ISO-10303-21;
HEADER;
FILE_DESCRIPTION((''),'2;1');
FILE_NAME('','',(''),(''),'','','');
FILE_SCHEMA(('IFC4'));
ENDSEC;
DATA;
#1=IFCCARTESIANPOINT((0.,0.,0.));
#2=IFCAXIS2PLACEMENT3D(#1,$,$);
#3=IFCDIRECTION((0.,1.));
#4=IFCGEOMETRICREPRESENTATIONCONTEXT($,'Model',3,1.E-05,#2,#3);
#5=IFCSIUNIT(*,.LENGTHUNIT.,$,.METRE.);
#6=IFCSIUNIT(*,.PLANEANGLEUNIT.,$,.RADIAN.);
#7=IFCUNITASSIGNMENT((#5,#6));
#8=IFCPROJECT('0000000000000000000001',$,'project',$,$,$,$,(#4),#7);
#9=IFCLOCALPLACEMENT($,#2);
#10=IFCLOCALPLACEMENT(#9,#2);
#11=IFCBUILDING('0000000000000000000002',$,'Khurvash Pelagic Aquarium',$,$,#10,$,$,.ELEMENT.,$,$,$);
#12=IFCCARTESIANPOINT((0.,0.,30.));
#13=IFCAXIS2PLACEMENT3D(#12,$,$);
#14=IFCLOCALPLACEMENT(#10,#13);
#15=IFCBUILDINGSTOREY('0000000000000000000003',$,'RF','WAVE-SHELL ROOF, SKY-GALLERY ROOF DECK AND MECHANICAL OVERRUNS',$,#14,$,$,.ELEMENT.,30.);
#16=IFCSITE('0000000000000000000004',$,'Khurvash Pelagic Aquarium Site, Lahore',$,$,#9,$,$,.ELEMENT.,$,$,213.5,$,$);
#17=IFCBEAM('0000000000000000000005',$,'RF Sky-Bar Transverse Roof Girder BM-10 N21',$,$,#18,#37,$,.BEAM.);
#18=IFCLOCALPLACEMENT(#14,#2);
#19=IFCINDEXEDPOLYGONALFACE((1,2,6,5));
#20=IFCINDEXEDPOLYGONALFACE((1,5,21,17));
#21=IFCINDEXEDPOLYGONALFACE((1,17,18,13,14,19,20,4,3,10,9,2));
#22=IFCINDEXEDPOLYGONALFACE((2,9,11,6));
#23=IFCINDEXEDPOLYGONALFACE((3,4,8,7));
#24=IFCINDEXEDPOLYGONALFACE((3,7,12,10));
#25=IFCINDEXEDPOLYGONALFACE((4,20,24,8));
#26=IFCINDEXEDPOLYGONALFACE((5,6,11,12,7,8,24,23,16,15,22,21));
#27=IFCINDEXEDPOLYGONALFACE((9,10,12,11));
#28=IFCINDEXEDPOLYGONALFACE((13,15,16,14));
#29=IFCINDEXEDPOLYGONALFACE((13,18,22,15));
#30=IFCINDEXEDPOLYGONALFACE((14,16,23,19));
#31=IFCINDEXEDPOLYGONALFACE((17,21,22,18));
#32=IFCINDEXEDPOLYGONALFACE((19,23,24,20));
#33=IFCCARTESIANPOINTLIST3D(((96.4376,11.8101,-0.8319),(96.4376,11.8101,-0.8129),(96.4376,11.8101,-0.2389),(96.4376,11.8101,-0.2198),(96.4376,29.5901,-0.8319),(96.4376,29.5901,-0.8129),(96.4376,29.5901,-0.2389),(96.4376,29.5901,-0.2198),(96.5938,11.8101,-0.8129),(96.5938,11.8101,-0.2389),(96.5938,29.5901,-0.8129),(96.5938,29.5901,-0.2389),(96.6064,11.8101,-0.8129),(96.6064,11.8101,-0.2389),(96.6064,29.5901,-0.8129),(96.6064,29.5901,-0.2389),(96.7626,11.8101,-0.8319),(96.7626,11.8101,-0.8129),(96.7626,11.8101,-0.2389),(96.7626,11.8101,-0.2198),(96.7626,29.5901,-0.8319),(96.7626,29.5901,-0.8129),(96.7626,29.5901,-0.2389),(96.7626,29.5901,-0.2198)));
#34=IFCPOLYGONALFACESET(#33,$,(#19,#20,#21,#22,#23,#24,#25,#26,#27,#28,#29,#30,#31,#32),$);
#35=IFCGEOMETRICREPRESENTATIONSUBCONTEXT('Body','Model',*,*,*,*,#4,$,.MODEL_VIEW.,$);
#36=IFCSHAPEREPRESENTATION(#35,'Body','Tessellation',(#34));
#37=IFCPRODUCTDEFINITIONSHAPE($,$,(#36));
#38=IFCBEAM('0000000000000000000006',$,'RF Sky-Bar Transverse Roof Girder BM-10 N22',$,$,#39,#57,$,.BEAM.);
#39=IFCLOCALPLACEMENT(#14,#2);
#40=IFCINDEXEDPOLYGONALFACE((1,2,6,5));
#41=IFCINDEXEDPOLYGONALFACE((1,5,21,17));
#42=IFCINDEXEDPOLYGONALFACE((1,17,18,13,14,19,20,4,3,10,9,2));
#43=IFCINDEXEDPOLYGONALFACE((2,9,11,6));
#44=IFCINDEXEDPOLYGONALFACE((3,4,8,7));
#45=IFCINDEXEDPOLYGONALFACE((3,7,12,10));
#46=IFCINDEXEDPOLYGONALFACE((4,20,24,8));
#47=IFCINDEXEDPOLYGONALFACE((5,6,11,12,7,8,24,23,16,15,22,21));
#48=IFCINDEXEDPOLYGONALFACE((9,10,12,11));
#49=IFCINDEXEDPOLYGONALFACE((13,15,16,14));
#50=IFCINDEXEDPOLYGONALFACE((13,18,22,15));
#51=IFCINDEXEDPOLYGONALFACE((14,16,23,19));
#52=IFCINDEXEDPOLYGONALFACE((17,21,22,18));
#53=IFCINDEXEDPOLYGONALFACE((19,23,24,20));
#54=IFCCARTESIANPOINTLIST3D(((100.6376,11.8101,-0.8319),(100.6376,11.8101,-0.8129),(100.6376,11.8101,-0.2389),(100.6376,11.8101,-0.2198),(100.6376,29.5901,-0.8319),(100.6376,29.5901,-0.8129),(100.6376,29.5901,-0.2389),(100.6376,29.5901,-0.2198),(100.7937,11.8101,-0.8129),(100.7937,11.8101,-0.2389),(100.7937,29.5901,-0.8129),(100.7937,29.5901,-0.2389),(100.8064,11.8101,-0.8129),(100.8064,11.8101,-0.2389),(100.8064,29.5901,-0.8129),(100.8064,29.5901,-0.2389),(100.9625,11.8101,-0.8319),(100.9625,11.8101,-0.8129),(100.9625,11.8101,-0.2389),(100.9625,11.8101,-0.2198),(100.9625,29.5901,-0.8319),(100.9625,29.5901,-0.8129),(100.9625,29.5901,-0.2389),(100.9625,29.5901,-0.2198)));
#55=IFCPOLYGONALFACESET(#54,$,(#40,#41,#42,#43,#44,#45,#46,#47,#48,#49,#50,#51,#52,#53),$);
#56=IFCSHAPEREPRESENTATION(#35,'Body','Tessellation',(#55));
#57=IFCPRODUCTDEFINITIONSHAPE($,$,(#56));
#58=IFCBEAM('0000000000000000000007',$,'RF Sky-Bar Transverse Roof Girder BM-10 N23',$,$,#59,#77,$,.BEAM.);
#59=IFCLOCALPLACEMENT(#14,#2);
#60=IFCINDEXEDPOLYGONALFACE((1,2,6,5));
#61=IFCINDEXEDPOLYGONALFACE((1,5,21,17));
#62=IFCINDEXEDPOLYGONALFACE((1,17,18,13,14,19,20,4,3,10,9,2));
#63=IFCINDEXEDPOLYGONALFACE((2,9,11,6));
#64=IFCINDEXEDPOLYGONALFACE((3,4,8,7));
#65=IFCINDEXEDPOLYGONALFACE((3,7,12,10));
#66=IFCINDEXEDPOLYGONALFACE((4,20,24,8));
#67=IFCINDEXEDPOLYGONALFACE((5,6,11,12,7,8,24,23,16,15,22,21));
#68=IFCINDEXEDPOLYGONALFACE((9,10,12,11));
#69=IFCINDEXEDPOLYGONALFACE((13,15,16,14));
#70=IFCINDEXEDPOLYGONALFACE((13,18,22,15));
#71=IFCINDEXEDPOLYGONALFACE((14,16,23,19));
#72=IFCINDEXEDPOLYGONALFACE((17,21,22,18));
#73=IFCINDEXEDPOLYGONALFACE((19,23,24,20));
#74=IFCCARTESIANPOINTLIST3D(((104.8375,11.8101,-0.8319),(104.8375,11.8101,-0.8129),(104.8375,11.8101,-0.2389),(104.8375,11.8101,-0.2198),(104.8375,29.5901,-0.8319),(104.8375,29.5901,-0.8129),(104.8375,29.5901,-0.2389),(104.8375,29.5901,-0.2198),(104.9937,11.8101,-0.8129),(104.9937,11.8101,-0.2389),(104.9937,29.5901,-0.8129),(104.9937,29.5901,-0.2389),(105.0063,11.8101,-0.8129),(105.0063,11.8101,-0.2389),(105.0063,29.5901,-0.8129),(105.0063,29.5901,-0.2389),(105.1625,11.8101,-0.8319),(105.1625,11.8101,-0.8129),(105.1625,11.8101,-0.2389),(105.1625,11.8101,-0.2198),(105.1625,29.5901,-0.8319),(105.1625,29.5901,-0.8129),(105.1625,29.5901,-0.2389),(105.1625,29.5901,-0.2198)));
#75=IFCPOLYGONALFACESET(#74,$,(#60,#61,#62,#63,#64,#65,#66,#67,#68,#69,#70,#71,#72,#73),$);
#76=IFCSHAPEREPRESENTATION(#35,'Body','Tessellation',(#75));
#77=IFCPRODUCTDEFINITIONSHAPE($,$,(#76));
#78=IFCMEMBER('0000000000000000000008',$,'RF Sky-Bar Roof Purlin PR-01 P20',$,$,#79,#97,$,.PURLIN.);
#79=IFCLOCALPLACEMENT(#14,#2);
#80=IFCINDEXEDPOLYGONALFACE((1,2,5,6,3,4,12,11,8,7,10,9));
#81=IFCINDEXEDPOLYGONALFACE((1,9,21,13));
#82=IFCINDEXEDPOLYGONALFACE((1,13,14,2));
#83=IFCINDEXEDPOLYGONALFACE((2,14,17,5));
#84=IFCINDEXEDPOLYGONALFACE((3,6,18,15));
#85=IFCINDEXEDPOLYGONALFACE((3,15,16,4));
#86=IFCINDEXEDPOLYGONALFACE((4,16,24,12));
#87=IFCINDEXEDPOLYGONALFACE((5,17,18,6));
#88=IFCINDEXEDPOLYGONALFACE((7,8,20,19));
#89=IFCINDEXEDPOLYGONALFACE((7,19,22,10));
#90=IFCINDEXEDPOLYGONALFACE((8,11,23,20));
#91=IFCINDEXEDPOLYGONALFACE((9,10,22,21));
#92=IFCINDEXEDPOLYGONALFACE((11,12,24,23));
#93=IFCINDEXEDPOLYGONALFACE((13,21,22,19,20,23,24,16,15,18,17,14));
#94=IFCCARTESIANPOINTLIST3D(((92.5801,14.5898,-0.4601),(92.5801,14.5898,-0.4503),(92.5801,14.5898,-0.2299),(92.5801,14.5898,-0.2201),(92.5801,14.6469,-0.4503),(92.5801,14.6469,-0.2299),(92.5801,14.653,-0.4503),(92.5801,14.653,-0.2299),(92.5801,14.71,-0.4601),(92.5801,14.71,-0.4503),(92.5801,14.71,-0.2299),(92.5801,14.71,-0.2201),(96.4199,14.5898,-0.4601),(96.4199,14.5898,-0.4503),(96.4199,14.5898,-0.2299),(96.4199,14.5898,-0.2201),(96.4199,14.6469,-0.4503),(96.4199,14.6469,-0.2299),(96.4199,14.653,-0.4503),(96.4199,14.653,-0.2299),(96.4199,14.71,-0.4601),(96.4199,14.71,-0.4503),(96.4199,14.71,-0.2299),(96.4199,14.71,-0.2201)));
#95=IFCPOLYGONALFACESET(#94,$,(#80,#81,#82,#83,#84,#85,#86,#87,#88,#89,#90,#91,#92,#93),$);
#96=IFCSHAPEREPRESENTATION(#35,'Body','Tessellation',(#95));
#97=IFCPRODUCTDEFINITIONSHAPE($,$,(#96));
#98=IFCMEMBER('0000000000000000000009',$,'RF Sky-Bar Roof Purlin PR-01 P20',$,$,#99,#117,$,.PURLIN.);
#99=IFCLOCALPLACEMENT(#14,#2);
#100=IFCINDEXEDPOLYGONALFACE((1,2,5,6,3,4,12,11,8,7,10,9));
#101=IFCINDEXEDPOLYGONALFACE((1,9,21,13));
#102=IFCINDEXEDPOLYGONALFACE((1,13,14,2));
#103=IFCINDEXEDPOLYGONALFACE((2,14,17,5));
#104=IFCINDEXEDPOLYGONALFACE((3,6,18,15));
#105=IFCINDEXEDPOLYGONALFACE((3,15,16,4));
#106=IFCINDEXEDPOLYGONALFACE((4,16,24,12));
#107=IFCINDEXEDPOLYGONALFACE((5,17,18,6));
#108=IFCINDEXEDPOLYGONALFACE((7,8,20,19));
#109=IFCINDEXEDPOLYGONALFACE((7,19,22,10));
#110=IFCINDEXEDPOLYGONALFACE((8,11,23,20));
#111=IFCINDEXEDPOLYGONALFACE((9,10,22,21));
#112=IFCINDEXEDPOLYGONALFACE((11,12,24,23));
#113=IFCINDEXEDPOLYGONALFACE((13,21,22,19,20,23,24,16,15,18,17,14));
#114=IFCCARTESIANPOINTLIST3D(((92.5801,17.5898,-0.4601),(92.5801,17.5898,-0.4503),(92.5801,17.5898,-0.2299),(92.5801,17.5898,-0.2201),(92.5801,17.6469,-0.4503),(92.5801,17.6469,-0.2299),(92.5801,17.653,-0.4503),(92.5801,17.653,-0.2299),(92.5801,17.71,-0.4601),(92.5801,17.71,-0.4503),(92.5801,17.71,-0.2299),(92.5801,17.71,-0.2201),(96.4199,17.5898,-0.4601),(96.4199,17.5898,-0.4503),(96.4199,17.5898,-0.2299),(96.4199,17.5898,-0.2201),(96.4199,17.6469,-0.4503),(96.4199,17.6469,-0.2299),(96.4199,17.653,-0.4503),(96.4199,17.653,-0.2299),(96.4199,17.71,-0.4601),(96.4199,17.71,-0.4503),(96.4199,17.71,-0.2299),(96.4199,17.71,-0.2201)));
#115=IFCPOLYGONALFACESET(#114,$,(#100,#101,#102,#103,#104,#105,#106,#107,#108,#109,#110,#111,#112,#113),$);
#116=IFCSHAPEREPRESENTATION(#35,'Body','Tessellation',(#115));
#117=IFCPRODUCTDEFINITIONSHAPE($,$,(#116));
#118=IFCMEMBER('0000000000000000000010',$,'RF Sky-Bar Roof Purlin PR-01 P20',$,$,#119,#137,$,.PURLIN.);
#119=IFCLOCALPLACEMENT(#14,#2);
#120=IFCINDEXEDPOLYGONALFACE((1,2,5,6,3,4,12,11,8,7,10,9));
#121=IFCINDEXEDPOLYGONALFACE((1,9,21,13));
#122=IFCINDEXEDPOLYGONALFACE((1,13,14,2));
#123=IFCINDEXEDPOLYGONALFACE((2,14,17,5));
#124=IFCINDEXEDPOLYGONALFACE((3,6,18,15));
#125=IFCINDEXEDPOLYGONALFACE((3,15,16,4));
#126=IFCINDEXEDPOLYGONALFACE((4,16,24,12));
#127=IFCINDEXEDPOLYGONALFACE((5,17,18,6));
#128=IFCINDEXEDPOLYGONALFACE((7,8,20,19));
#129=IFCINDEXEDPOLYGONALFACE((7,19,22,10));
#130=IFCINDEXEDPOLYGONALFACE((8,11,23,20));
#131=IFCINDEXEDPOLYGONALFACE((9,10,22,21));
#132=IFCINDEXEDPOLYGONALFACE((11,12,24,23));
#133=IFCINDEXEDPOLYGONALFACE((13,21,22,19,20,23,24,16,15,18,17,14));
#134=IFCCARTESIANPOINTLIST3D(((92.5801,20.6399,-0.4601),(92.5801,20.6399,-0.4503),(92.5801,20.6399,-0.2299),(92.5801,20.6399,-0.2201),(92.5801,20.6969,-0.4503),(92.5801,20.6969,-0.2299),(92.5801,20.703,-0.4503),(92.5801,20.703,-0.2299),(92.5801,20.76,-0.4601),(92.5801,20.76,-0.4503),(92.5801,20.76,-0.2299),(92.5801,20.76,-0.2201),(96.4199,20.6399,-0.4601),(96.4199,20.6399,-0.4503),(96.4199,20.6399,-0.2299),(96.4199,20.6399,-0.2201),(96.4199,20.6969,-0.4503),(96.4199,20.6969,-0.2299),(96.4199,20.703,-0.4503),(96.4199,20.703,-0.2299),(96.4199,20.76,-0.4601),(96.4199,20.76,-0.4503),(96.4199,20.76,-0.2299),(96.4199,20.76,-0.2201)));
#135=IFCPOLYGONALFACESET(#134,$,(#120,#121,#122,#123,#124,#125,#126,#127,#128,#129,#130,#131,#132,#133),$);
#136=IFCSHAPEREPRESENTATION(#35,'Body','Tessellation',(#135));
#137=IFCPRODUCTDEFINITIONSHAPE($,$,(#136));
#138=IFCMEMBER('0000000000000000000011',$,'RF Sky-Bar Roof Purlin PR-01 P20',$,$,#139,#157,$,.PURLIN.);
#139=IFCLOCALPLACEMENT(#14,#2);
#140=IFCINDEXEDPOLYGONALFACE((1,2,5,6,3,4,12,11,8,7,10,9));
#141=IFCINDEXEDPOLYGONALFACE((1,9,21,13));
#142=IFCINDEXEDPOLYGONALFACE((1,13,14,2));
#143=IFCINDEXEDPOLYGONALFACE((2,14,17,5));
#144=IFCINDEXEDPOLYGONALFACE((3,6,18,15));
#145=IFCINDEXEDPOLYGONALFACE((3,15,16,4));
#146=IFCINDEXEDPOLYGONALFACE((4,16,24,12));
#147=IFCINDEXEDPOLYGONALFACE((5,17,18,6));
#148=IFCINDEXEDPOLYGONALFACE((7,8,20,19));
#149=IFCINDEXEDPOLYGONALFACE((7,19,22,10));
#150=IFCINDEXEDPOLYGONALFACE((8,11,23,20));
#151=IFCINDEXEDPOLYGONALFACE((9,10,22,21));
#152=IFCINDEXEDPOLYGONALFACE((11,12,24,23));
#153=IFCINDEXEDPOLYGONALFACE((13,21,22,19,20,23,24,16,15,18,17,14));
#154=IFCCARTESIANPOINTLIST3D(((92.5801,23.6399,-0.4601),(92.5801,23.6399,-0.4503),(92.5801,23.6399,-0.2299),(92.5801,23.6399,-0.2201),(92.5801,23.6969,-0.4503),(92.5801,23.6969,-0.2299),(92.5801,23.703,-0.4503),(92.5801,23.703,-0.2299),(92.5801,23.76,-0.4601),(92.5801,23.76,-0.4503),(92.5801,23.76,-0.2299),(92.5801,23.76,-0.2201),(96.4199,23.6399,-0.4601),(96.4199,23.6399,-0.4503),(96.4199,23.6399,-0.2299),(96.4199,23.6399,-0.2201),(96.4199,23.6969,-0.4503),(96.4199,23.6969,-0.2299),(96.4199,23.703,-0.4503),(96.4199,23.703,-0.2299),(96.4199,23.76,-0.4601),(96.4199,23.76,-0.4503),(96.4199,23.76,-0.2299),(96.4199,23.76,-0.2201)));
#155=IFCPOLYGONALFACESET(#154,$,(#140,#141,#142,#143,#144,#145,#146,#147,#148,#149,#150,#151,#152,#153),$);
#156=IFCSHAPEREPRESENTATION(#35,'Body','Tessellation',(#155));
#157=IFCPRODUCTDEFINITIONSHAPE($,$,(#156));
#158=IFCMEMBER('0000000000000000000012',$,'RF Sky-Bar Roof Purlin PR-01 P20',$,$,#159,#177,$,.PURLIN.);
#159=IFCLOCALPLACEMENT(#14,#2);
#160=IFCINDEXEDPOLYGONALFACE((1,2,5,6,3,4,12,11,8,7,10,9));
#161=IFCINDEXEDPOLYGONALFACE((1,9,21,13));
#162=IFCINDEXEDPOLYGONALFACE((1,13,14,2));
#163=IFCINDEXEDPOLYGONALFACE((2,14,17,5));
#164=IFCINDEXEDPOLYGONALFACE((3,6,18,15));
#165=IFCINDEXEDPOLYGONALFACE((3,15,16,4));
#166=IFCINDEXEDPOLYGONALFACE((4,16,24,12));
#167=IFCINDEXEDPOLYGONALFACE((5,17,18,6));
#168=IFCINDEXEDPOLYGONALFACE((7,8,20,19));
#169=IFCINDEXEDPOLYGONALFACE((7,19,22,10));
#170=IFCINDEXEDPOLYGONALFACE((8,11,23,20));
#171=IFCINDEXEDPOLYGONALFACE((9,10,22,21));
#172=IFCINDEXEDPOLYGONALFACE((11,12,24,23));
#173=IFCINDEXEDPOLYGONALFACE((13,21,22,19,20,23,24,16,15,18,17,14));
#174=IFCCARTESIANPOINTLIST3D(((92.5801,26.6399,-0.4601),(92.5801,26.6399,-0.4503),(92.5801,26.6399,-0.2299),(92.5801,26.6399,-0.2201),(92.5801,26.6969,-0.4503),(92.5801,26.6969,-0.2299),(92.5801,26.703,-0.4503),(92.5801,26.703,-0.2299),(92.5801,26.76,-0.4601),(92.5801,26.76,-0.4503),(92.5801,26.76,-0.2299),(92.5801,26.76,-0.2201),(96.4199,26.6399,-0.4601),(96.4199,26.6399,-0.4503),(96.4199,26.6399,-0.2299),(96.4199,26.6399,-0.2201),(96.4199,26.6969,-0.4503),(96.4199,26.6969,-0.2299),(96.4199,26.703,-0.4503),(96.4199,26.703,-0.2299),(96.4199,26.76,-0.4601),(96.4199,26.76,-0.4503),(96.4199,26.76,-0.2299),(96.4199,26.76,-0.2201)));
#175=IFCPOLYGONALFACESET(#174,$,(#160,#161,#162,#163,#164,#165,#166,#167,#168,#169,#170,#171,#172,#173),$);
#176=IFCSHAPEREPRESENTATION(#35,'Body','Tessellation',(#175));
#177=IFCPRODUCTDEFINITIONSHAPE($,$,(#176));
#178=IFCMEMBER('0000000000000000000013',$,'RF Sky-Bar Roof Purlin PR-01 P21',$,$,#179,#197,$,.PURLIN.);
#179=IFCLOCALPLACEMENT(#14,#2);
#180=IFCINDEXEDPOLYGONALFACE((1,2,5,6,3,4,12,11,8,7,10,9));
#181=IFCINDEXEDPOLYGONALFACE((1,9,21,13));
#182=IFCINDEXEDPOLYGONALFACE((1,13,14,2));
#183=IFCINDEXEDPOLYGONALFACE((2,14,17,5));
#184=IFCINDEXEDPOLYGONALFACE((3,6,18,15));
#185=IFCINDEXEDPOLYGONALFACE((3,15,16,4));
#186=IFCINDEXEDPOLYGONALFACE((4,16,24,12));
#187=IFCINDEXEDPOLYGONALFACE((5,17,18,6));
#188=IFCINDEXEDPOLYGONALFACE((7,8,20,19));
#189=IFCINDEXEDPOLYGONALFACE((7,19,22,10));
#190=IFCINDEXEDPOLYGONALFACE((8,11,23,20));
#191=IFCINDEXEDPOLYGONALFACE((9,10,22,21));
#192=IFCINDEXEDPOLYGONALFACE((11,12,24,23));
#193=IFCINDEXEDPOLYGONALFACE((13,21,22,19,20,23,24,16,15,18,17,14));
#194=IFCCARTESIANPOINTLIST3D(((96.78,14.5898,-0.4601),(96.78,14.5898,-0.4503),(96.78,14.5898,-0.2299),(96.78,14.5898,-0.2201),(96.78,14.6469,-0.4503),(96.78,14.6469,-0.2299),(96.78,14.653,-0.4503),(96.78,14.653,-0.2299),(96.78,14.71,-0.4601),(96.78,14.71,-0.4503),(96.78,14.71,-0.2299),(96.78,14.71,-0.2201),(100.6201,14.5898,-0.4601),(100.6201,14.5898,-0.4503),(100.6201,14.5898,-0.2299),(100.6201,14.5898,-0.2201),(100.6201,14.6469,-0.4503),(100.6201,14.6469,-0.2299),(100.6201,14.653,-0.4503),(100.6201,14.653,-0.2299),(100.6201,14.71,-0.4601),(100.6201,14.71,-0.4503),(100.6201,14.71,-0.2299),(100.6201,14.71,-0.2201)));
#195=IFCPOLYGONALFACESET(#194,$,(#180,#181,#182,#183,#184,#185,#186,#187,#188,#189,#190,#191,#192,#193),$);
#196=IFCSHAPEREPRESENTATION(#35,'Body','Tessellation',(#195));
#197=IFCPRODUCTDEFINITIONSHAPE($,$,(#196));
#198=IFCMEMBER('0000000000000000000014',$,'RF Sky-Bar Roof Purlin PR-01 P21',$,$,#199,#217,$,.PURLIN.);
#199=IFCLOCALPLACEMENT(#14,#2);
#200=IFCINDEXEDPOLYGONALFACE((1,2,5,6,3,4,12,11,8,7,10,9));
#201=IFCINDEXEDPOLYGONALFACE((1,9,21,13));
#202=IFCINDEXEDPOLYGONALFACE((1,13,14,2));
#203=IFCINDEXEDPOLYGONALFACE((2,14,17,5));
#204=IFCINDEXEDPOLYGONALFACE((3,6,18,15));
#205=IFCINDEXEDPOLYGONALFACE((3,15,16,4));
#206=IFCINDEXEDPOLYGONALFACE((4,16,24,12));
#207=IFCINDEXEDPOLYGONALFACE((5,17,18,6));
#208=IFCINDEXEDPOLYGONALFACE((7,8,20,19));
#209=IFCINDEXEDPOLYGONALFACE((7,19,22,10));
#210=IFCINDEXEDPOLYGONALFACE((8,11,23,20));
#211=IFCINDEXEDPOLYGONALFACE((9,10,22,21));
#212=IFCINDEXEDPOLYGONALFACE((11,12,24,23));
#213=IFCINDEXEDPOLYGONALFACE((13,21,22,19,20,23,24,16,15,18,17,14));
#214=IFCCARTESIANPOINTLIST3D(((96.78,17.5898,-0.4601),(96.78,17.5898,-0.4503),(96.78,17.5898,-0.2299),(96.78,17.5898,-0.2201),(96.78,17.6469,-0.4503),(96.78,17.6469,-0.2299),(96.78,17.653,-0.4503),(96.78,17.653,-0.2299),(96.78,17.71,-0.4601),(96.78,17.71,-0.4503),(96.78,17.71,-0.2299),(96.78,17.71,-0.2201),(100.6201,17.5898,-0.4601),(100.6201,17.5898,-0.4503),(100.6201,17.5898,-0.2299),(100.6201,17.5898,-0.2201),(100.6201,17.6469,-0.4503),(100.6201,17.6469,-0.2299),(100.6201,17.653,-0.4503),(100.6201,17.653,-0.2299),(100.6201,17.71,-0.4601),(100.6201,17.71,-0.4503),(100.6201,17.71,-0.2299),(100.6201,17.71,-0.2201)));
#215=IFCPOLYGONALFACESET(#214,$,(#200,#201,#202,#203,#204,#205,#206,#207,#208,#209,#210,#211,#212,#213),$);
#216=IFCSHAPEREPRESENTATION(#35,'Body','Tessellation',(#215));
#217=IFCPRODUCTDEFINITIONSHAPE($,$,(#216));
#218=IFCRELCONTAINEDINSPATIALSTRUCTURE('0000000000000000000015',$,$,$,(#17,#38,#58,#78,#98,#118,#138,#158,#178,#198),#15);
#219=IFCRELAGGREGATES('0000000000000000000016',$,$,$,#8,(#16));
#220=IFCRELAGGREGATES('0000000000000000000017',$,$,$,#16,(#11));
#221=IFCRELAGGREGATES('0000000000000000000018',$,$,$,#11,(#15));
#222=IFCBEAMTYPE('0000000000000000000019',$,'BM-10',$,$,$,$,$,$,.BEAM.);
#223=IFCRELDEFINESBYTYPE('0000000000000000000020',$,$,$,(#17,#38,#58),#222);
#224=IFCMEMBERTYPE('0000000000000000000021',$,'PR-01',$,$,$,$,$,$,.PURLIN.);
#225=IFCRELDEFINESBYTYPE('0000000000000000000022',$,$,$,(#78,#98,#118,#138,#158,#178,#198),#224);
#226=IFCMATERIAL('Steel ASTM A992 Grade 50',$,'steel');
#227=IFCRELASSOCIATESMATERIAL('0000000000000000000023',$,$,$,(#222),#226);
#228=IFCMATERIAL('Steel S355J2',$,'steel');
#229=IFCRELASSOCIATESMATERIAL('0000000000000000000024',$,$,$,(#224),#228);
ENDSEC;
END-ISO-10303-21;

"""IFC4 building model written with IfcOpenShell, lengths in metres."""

from ifc_helpers import new_model, si_unit, direction, frame, origin, origin_2d, place, context, subcontext, project, spatial, i_section, extrude, material, material_profile, profile_set, type_object, element, save


model = new_model("IFC4")

# Units and contexts
model_context = context("Model", 3, precision=1e-05, world=origin(), true_north=direction((0.0, 1.0)))
body_context = subcontext(model_context, "Body", "Model", "MODEL_VIEW")
ifc_project = project(units=[si_unit("LENGTHUNIT", "METRE"), si_unit("PLANEANGLEUNIT", "RADIAN")], contexts=[model_context])

# Site, building, storey
site_placement = place(None, origin())
site = spatial("IfcSite", under=ifc_project, at=site_placement, Name="Khurvash Pelagic Aquarium Site, Lahore", CompositionType="ELEMENT", RefElevation=213.5)
building_placement = place(site_placement, origin())
building = spatial("IfcBuilding", under=site, at=building_placement, Name="Khurvash Pelagic Aquarium", CompositionType="ELEMENT")
storey_placement = place(building_placement, frame((0.0, 0.0, 30.0)))
storey = spatial("IfcBuildingStorey", under=building, at=storey_placement, Name="RF", Description="WAVE-SHELL ROOF, SKY-GALLERY ROOF DECK AND MECHANICAL OVERRUNS", CompositionType="ELEMENT", Elevation=30.0)

# Beams
ifc_material_1 = material(Name="Steel ASTM A992 Grade 50", Category="steel")
ifc_material_profile_1 = material_profile(ifc_material_1, i_section(OverallWidth=0.325, OverallDepth=0.6121, WebThickness=0.0127, FlangeThickness=0.019, at=origin_2d()), Name="W24X104")
ifc_profile_set_1 = profile_set([ifc_material_profile_1], Name="Steel ASTM A992 Grade 50")
beam_type = type_object("IfcBeamType", Name="BM-10", PredefinedType="BEAM", material=ifc_profile_set_1)
for number, where, z_axis, x_axis, name in (
    (1, (96.6001, 11.8101, -0.5259), (0.0, 1.0, 0.0), (-1.0, 0.0, 0.0), "RF Sky-Bar Transverse Roof Girder BM-10 N21"),
    (2, (100.8, 11.8101, -0.5259), (0.0, 1.0, 0.0), (-1.0, 0.0, 0.0), "RF Sky-Bar Transverse Roof Girder BM-10 N22"),
    (3, (105.0, 11.8101, -0.5259), (0.0, 1.0, 0.0), (-1.0, 0.0, 0.0), "RF Sky-Bar Transverse Roof Girder BM-10 N23"),
):
    element("IfcBeam", number, at=place(storey_placement, frame(where, z_axis=z_axis, x_axis=x_axis)), inside=storey, type_object=beam_type, Name=name, PredefinedType="BEAM", context=body_context, shape_type="SweptSolid", body=[
        extrude(i_section(OverallWidth=0.325, OverallDepth=0.6121, WebThickness=0.0127, FlangeThickness=0.019, at=origin_2d()), origin(), (0.0, 0.0, 1.0), 17.78),
    ])

# Members
ifc_material_2 = material(Name="Steel S355J2", Category="steel")
ifc_material_profile_2 = material_profile(ifc_material_2, i_section(OverallWidth=0.1201, OverallDepth=0.24, WebThickness=0.0061, FlangeThickness=0.0098, at=origin_2d()), Name="IPE240")
ifc_profile_set_2 = profile_set([ifc_material_profile_2], Name="Steel S355J2")
member_type = type_object("IfcMemberType", Name="PR-01", PredefinedType="PURLIN", material=ifc_profile_set_2)
for number, where, z_axis, x_axis, name in (
    (4, (92.5801, 14.6499, -0.3401), (1.0, 0.0, 0.0), (0.0, 1.0, 0.0), "RF Sky-Bar Roof Purlin PR-01 P20"),
    (5, (92.5801, 17.6499, -0.3401), (1.0, 0.0, 0.0), (0.0, 1.0, 0.0), "RF Sky-Bar Roof Purlin PR-01 P20"),
    (6, (92.5801, 20.7, -0.3401), (1.0, 0.0, 0.0), (0.0, 1.0, 0.0), "RF Sky-Bar Roof Purlin PR-01 P20"),
    (7, (92.5801, 23.7, -0.3401), (1.0, 0.0, 0.0), (0.0, 1.0, 0.0), "RF Sky-Bar Roof Purlin PR-01 P20"),
    (8, (92.5801, 26.7, -0.3401), (1.0, 0.0, 0.0), (0.0, 1.0, 0.0), "RF Sky-Bar Roof Purlin PR-01 P20"),
):
    element("IfcMember", number, at=place(storey_placement, frame(where, z_axis=z_axis, x_axis=x_axis)), inside=storey, type_object=member_type, Name=name, PredefinedType="PURLIN", context=body_context, shape_type="SweptSolid", body=[
        extrude(i_section(OverallWidth=0.1201, OverallDepth=0.24, WebThickness=0.0061, FlangeThickness=0.0098, at=origin_2d()), origin(), (0.0, 0.0, 1.0), 3.8398),
    ])
for number, where, z_axis, x_axis, name in (
    (9, (96.78, 14.6499, -0.3401), (1.0, 0.0, 0.0), (0.0, 1.0, 0.0), "RF Sky-Bar Roof Purlin PR-01 P21"),
    (10, (96.78, 17.6499, -0.3401), (1.0, 0.0, 0.0), (0.0, 1.0, 0.0), "RF Sky-Bar Roof Purlin PR-01 P21"),
):
    element("IfcMember", number, at=place(storey_placement, frame(where, z_axis=z_axis, x_axis=x_axis)), inside=storey, type_object=member_type, Name=name, PredefinedType="PURLIN", context=body_context, shape_type="SweptSolid", body=[
        extrude(i_section(OverallWidth=0.1201, OverallDepth=0.24, WebThickness=0.0061, FlangeThickness=0.0098, at=origin_2d()), origin(), (0.0, 0.0, 1.0), 3.8401),
    ])

save(model, "model.ifc")
